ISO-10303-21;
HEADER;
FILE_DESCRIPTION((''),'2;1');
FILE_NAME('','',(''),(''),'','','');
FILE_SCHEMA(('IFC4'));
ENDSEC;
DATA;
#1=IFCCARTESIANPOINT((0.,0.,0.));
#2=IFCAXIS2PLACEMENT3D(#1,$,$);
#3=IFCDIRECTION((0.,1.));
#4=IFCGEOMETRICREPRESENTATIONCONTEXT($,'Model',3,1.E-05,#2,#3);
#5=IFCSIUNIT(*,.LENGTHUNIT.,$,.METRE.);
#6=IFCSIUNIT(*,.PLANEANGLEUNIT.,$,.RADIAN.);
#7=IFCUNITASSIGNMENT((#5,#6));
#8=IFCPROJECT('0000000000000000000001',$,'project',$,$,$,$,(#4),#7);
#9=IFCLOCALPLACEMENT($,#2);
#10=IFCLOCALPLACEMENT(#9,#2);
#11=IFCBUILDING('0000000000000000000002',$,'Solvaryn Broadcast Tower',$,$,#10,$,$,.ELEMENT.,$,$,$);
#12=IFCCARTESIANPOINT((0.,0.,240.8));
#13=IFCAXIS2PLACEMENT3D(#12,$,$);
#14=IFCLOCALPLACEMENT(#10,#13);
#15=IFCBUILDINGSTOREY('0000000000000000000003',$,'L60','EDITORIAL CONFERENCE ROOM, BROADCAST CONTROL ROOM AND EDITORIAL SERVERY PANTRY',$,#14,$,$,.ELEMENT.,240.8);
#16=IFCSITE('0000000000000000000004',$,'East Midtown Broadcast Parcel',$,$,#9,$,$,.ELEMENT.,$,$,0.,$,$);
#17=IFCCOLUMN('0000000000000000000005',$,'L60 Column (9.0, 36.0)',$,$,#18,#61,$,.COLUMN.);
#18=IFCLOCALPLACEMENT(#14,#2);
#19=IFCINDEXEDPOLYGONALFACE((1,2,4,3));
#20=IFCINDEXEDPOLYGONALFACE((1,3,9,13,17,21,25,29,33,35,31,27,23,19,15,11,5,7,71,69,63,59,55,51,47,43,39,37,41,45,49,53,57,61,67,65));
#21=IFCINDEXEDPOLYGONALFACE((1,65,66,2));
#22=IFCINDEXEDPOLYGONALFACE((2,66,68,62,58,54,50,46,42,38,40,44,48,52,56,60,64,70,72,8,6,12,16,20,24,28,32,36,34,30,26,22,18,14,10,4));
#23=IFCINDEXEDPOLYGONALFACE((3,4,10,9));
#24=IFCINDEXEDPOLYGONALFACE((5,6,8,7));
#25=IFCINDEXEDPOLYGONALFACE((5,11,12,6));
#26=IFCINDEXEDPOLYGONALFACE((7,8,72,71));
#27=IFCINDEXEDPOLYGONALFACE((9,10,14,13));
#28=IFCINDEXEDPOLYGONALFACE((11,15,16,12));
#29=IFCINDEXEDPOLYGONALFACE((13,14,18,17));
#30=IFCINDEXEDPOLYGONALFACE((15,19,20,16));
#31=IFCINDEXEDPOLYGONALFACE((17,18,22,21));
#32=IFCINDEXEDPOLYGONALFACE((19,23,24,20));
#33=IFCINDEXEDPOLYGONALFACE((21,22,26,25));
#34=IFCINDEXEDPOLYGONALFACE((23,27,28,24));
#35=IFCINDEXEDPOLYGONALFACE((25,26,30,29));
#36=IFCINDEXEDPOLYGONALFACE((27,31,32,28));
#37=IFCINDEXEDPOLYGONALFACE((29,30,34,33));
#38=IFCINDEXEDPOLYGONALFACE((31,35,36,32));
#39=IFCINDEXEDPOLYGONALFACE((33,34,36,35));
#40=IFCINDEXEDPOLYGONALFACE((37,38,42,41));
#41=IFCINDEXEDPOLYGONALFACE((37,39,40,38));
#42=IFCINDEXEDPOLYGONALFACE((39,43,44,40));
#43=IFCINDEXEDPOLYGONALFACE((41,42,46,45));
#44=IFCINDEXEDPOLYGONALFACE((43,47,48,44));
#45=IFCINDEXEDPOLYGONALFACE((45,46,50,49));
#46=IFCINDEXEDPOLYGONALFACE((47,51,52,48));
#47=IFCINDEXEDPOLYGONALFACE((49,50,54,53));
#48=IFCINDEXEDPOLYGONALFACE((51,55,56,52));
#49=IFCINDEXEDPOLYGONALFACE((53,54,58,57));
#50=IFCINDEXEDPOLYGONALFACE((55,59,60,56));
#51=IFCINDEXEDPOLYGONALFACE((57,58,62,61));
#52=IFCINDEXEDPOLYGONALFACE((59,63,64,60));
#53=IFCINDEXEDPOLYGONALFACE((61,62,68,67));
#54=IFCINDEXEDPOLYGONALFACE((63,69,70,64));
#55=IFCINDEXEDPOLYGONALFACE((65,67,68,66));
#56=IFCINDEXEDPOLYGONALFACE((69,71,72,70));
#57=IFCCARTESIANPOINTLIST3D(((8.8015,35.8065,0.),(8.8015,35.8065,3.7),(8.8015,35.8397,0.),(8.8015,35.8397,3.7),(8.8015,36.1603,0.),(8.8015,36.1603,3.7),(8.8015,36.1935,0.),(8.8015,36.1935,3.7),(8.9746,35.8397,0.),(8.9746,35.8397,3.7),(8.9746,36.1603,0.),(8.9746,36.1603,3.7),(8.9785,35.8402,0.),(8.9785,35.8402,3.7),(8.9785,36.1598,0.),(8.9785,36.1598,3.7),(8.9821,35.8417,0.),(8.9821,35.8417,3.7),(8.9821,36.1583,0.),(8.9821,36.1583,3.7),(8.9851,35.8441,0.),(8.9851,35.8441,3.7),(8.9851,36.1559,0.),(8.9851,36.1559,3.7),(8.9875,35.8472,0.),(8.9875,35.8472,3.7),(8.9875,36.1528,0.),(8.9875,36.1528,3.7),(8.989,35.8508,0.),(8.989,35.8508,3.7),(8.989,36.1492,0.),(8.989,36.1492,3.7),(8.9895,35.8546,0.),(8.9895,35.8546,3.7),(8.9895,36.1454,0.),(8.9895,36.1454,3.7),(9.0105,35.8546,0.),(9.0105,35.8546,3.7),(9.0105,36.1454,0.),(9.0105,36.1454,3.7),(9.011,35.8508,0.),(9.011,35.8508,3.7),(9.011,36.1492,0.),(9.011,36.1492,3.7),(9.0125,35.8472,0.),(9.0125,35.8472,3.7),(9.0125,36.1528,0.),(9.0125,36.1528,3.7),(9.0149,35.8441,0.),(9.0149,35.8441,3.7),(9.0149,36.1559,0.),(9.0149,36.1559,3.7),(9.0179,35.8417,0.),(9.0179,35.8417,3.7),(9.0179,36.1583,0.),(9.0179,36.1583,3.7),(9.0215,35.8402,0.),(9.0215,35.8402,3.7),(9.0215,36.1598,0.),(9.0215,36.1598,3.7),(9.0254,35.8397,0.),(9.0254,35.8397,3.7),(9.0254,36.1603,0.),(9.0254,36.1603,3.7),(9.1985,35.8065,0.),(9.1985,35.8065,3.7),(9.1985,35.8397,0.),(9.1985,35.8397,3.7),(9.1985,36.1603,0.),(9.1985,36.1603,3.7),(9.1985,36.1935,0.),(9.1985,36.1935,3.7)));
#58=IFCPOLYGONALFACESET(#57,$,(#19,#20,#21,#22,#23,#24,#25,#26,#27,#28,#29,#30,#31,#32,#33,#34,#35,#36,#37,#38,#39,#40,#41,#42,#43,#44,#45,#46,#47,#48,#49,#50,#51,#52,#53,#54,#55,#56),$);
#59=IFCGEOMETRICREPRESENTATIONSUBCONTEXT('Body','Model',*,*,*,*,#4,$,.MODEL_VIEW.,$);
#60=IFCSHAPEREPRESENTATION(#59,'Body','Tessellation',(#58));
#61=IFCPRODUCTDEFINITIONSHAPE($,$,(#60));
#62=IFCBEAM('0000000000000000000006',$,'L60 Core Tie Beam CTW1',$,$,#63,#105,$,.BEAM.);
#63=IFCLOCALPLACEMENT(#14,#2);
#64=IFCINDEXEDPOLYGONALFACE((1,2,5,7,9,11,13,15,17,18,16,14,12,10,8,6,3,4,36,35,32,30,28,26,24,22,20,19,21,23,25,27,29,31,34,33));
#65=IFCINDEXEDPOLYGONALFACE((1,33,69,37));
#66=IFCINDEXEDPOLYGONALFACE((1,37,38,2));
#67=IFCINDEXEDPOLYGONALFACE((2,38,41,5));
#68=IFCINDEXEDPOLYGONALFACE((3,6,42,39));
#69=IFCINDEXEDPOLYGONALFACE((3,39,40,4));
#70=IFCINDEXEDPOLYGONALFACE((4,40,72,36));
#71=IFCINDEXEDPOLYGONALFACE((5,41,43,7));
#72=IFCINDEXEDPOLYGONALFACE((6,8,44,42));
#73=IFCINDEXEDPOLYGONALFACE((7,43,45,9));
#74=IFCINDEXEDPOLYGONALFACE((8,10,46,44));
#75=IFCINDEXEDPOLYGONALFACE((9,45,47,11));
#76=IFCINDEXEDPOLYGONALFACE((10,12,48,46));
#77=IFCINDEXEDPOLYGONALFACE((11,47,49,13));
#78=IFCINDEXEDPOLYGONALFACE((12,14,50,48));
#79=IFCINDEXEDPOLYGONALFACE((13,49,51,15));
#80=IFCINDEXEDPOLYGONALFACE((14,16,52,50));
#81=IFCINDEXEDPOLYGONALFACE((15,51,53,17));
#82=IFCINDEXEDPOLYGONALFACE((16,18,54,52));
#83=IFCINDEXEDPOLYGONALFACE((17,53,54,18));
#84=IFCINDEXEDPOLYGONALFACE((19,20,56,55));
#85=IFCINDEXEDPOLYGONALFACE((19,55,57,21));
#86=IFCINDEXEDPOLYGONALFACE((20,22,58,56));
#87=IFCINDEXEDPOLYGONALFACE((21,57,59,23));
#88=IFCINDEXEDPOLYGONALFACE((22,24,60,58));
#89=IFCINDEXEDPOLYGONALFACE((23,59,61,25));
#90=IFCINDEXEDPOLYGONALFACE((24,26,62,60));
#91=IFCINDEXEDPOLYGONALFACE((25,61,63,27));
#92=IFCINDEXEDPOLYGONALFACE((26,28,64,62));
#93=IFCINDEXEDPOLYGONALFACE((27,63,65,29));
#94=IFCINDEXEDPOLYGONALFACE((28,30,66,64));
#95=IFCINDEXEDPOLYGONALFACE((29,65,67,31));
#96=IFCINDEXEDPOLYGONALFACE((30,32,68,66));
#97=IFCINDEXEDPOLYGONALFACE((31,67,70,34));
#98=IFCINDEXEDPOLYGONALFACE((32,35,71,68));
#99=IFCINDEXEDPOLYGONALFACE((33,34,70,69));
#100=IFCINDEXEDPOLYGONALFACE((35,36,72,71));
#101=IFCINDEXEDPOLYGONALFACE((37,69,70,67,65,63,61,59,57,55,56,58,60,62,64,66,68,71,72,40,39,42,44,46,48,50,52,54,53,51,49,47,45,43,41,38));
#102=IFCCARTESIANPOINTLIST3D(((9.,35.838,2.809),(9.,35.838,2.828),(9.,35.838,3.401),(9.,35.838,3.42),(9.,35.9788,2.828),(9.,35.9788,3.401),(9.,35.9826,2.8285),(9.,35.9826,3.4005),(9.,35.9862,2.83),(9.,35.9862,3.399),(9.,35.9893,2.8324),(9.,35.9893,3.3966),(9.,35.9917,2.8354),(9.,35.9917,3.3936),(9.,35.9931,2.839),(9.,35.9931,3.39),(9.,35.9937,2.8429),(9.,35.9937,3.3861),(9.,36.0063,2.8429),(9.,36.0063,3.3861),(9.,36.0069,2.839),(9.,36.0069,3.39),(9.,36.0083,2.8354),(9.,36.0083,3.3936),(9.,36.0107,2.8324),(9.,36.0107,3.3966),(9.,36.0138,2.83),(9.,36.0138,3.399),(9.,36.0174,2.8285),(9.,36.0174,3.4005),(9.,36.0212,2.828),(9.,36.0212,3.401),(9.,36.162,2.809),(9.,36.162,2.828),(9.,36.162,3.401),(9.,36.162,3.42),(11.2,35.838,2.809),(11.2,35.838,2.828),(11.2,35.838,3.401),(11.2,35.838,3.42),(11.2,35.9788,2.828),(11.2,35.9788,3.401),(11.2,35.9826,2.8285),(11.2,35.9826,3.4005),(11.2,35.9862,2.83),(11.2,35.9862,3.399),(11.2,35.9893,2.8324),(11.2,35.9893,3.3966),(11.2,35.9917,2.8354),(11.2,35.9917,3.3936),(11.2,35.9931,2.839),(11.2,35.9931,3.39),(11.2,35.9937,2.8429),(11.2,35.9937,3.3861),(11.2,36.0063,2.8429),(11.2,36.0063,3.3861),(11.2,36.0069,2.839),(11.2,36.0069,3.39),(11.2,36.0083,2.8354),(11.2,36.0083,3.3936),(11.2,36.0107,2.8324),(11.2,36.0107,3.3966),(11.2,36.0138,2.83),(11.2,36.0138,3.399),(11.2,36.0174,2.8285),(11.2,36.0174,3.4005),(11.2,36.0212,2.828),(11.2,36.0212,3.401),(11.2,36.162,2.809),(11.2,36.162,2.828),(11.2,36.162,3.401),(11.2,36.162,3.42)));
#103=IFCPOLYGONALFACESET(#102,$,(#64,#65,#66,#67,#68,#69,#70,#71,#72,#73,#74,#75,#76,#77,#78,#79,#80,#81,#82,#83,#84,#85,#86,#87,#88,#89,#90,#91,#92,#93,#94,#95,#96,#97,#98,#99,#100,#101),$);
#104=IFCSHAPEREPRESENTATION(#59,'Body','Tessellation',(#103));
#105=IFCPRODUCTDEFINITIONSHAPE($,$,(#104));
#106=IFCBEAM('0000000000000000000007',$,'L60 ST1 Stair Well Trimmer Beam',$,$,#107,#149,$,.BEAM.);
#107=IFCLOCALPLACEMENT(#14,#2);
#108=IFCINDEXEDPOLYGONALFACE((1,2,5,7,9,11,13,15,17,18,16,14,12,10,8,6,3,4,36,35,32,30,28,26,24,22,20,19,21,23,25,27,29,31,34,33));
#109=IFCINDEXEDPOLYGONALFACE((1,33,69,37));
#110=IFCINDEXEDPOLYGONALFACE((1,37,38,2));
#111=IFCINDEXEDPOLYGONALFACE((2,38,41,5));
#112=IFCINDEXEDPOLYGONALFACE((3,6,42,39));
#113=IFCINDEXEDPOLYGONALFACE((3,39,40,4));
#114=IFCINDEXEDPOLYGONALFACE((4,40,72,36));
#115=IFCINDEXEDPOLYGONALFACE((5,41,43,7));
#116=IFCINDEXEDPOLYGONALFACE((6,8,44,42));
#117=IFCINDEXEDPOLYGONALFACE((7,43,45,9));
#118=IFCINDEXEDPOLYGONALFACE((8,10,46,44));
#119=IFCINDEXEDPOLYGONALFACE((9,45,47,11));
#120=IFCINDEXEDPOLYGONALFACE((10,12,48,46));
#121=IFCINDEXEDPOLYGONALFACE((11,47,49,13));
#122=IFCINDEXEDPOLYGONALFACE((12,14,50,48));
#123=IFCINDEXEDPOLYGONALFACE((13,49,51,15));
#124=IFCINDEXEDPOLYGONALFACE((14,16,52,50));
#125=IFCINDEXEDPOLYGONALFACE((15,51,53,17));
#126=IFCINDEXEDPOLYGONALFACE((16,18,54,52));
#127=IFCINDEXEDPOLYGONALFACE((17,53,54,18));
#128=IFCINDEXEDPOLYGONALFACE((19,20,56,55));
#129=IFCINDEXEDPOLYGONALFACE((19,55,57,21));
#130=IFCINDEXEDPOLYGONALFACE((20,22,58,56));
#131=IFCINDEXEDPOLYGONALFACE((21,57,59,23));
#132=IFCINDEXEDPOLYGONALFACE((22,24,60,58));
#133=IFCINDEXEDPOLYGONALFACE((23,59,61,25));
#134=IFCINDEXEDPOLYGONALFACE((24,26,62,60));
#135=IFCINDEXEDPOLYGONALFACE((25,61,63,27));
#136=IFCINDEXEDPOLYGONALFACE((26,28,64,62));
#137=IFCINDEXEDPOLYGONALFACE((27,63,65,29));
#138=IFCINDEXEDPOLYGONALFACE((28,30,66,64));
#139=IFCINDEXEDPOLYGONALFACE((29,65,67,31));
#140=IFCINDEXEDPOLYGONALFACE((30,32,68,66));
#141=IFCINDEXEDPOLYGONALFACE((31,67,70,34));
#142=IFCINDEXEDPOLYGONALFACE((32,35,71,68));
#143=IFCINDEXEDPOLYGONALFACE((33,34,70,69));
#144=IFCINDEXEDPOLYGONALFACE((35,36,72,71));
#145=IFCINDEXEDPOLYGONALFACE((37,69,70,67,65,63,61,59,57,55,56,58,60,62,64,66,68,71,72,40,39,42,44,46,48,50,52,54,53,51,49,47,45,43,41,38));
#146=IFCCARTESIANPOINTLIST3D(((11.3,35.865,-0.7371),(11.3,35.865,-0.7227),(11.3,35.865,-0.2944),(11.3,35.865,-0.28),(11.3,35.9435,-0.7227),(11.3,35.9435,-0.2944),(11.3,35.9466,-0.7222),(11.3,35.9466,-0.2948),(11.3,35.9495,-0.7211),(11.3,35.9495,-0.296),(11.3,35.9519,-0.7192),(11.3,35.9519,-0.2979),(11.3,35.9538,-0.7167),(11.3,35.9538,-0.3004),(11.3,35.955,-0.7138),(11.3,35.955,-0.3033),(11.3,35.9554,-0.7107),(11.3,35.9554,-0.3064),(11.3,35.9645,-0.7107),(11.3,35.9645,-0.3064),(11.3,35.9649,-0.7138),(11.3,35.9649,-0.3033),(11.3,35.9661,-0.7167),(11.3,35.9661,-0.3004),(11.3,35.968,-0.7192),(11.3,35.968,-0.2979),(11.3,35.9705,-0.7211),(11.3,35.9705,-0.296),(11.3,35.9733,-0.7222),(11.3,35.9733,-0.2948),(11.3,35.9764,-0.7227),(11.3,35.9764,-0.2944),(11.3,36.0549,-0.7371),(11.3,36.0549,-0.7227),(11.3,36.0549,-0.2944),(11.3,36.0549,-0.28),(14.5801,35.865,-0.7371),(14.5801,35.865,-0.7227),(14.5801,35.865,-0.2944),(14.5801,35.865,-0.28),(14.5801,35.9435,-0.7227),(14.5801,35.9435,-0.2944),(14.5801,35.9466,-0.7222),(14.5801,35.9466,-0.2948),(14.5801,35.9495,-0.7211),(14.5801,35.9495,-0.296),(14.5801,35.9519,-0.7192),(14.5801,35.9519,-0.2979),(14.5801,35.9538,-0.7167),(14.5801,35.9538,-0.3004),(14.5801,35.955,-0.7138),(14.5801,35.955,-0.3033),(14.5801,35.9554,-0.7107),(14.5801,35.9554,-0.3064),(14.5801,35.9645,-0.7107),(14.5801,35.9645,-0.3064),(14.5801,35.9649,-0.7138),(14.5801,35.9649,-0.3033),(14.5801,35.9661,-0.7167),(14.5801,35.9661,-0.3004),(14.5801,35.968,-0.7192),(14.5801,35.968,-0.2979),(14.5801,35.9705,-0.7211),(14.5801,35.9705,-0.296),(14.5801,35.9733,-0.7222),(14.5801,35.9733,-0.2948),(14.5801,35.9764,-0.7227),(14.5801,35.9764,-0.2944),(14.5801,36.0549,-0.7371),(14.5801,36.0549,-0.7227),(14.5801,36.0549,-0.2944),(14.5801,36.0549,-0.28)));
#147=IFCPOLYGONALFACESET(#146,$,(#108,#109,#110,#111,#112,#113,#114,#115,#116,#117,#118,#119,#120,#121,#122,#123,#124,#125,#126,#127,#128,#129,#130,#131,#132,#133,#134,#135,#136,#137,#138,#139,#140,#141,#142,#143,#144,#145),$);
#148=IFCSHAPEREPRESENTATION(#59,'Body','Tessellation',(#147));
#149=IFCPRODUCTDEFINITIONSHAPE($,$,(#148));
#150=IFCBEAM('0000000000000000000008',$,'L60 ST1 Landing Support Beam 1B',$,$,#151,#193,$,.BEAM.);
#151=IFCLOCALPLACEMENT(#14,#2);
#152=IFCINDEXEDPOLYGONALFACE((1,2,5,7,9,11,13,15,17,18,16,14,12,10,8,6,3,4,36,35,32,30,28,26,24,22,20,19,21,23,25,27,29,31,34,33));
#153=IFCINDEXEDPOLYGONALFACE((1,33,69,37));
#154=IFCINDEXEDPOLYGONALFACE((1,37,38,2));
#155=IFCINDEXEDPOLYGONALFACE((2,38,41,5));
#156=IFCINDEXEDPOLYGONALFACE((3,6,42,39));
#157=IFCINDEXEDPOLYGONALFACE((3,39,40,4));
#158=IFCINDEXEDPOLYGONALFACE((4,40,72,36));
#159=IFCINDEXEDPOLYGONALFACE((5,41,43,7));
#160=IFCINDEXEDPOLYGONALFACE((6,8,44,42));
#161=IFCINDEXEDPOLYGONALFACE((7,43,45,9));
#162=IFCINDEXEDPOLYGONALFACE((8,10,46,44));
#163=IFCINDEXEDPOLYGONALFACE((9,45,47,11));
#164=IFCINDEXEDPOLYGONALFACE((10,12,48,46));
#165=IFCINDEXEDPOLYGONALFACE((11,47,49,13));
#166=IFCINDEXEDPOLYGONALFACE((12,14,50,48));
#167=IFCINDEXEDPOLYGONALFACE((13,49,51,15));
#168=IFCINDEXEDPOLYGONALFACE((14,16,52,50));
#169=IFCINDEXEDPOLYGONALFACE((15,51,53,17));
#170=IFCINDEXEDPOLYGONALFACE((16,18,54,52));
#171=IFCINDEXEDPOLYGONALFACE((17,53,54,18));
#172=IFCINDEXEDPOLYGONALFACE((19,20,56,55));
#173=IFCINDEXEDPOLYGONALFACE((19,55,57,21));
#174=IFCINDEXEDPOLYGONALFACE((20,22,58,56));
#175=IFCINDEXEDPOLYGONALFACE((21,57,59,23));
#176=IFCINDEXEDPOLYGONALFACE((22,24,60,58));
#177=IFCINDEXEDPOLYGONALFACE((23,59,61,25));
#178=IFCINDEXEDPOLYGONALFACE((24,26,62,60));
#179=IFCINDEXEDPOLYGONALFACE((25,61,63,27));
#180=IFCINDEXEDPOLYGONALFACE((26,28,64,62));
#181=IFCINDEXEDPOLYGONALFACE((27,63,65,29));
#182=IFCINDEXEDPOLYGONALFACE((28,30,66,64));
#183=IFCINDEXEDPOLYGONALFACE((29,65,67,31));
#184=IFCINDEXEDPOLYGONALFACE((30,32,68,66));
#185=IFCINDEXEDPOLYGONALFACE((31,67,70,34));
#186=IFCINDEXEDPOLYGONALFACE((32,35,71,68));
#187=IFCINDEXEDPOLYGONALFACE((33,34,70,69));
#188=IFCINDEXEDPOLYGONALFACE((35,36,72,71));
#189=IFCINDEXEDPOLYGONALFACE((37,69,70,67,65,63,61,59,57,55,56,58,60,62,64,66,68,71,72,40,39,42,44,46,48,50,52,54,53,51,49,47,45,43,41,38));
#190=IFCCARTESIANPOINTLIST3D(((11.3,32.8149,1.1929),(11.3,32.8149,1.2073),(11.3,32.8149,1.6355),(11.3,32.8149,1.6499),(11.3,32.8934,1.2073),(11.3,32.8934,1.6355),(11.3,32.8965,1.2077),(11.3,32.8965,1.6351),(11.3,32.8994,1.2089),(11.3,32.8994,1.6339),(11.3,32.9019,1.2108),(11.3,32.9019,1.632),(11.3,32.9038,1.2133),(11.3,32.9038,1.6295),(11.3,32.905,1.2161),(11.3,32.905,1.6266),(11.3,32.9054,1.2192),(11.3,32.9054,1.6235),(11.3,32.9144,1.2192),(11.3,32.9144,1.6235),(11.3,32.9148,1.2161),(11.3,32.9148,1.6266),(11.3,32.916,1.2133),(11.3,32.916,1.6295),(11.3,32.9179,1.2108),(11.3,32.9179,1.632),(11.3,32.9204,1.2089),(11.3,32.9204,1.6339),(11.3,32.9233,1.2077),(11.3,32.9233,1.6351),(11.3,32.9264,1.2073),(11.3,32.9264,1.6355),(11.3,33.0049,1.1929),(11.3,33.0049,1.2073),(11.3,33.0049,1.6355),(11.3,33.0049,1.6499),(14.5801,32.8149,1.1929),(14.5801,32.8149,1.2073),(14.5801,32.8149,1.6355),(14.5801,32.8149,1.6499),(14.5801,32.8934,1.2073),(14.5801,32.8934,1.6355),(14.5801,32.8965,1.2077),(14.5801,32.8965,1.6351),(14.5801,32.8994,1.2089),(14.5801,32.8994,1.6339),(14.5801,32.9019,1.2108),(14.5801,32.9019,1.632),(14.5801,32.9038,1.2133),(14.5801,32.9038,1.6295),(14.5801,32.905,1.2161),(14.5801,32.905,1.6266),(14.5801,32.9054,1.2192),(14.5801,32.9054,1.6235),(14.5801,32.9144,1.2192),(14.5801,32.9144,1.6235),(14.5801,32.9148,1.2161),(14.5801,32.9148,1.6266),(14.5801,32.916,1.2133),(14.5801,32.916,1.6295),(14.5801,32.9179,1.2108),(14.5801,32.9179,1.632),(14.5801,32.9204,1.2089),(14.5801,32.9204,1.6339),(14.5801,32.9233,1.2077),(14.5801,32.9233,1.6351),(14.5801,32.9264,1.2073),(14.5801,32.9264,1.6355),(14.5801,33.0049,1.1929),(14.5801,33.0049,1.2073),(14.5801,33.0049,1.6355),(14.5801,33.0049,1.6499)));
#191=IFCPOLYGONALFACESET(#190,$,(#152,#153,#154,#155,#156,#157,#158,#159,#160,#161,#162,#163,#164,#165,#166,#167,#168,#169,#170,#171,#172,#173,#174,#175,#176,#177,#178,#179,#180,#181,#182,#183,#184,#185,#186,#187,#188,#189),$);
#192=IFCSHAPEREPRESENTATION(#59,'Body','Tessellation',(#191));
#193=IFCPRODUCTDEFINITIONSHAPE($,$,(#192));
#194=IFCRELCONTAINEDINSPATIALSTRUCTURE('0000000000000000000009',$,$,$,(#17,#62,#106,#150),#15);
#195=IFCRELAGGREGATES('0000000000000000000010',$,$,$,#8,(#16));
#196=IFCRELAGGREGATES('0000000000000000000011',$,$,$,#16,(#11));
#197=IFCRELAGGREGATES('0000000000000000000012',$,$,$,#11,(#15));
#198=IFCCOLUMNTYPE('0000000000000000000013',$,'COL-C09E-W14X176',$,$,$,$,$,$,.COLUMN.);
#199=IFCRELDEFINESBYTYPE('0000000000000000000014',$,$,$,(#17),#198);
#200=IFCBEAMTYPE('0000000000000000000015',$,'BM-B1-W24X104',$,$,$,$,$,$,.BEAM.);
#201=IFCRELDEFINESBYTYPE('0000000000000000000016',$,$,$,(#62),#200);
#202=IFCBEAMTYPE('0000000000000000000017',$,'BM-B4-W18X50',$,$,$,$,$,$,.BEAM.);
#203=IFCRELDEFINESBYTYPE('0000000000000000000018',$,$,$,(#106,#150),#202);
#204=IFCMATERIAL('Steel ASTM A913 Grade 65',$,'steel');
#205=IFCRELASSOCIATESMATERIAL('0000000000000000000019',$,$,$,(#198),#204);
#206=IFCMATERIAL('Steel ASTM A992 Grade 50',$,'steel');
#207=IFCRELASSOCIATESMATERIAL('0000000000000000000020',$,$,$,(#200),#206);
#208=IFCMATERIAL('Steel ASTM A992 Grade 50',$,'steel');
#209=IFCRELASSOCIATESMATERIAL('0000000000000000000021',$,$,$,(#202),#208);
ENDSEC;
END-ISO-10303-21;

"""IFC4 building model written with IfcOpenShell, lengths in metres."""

from ifc_helpers import new_model, si_unit, direction, frame, origin, origin_2d, place, context, subcontext, project, spatial, i_section, extrude, material, material_profile, profile_set, type_object, element, save


model = new_model("IFC4")

# Units and contexts
model_context = context("Model", 3, precision=1e-05, world=origin(), true_north=direction((0.0, 1.0)))
body_context = subcontext(model_context, "Body", "Model", "MODEL_VIEW")
ifc_project = project(units=[si_unit("LENGTHUNIT", "METRE"), si_unit("PLANEANGLEUNIT", "RADIAN")], contexts=[model_context])

# Site, building, storey
site_placement = place(None, origin())
site = spatial("IfcSite", under=ifc_project, at=site_placement, Name="East Midtown Broadcast Parcel", CompositionType="ELEMENT", RefElevation=0.0)
building_placement = place(site_placement, origin())
building = spatial("IfcBuilding", under=site, at=building_placement, Name="Solvaryn Broadcast Tower", CompositionType="ELEMENT")
storey_placement = place(building_placement, frame((0.0, 0.0, 240.8)))
storey = spatial("IfcBuildingStorey", under=building, at=storey_placement, Name="L60", Description="EDITORIAL CONFERENCE ROOM, BROADCAST CONTROL ROOM AND EDITORIAL SERVERY PANTRY", CompositionType="ELEMENT", Elevation=240.8)

# Column
ifc_material_1 = material(Name="Steel ASTM A913 Grade 65", Category="steel")
ifc_material_profile_1 = material_profile(ifc_material_1, i_section(OverallWidth=0.397, OverallDepth=0.387, WebThickness=0.021, FlangeThickness=0.0332, FilletRadius=0.0149, at=origin_2d()))
ifc_profile_set_1 = profile_set([ifc_material_profile_1], Name="Steel ASTM A913 Grade 65")
column_type = type_object("IfcColumnType", Name="COL-C09E-W14X176", PredefinedType="COLUMN", material=ifc_profile_set_1)
column_placement = place(storey_placement, frame((9.0, 36.0, 0.0), z_axis=(0.0, 0.0, 1.0), x_axis=(1.0, 0.0, 0.0)))
element("IfcColumn", 1, at=column_placement, inside=storey, type_object=column_type, Name="L60 Column (9.0, 36.0)", PredefinedType="COLUMN", context=body_context, shape_type="SweptSolid", body=[
    extrude(i_section(OverallWidth=0.397, OverallDepth=0.387, WebThickness=0.021, FlangeThickness=0.0332, FilletRadius=0.0149, at=origin_2d()), origin(), (0.0, 0.0, 1.0), 3.7),
])

# Beams
ifc_material_2 = material(Name="Steel ASTM A992 Grade 50", Category="steel")
ifc_material_profile_2 = material_profile(ifc_material_2, i_section(OverallWidth=0.324, OverallDepth=0.6111, WebThickness=0.0127, FlangeThickness=0.019, FilletRadius=0.0149, at=origin_2d()))
ifc_profile_set_2 = profile_set([ifc_material_profile_2], Name="Steel ASTM A992 Grade 50")
beam_type_1 = type_object("IfcBeamType", Name="BM-B1-W24X104", PredefinedType="BEAM", material=ifc_profile_set_2)
beam_1_placement = place(storey_placement, frame((9.0, 36.0, 3.1145), z_axis=(1.0, 0.0, 0.0), x_axis=(0.0, 1.0, 0.0)))
element("IfcBeam", 2, at=beam_1_placement, inside=storey, type_object=beam_type_1, Name="L60 Core Tie Beam CTW1", PredefinedType="BEAM", context=body_context, shape_type="SweptSolid", body=[
    extrude(i_section(OverallWidth=0.324, OverallDepth=0.6111, WebThickness=0.0127, FlangeThickness=0.019, FilletRadius=0.0149, at=origin_2d()), origin(), (0.0, 0.0, 1.0), 2.2),
])
ifc_material_3 = material(Name="Steel ASTM A992 Grade 50", Category="steel")
ifc_material_profile_3 = material_profile(ifc_material_3, i_section(OverallWidth=0.1899, OverallDepth=0.457, WebThickness=0.009, FlangeThickness=0.0144, FilletRadius=0.012, at=origin_2d()))
ifc_profile_set_3 = profile_set([ifc_material_profile_3], Name="Steel ASTM A992 Grade 50")
beam_type_2 = type_object("IfcBeamType", Name="BM-B4-W18X50", PredefinedType="BEAM", material=ifc_profile_set_3)
for number, where, z_axis, x_axis, name in (
    (3, (11.3, 35.96, -0.5085), (1.0, 0.0, 0.0), (0.0, 1.0, 0.0), "L60 ST1 Stair Well Trimmer Beam"),
    (4, (11.3, 32.9099, 1.4214), (1.0, 0.0, 0.0), (0.0, 1.0, 0.0), "L60 ST1 Landing Support Beam 1B"),
):
    element("IfcBeam", number, at=place(storey_placement, frame(where, z_axis=z_axis, x_axis=x_axis)), inside=storey, type_object=beam_type_2, Name=name, PredefinedType="BEAM", context=body_context, shape_type="SweptSolid", body=[
        extrude(i_section(OverallWidth=0.1899, OverallDepth=0.457, WebThickness=0.009, FlangeThickness=0.0144, FilletRadius=0.012, at=origin_2d()), origin(), (0.0, 0.0, 1.0), 3.28),
    ])

save(model, "model.ifc")
